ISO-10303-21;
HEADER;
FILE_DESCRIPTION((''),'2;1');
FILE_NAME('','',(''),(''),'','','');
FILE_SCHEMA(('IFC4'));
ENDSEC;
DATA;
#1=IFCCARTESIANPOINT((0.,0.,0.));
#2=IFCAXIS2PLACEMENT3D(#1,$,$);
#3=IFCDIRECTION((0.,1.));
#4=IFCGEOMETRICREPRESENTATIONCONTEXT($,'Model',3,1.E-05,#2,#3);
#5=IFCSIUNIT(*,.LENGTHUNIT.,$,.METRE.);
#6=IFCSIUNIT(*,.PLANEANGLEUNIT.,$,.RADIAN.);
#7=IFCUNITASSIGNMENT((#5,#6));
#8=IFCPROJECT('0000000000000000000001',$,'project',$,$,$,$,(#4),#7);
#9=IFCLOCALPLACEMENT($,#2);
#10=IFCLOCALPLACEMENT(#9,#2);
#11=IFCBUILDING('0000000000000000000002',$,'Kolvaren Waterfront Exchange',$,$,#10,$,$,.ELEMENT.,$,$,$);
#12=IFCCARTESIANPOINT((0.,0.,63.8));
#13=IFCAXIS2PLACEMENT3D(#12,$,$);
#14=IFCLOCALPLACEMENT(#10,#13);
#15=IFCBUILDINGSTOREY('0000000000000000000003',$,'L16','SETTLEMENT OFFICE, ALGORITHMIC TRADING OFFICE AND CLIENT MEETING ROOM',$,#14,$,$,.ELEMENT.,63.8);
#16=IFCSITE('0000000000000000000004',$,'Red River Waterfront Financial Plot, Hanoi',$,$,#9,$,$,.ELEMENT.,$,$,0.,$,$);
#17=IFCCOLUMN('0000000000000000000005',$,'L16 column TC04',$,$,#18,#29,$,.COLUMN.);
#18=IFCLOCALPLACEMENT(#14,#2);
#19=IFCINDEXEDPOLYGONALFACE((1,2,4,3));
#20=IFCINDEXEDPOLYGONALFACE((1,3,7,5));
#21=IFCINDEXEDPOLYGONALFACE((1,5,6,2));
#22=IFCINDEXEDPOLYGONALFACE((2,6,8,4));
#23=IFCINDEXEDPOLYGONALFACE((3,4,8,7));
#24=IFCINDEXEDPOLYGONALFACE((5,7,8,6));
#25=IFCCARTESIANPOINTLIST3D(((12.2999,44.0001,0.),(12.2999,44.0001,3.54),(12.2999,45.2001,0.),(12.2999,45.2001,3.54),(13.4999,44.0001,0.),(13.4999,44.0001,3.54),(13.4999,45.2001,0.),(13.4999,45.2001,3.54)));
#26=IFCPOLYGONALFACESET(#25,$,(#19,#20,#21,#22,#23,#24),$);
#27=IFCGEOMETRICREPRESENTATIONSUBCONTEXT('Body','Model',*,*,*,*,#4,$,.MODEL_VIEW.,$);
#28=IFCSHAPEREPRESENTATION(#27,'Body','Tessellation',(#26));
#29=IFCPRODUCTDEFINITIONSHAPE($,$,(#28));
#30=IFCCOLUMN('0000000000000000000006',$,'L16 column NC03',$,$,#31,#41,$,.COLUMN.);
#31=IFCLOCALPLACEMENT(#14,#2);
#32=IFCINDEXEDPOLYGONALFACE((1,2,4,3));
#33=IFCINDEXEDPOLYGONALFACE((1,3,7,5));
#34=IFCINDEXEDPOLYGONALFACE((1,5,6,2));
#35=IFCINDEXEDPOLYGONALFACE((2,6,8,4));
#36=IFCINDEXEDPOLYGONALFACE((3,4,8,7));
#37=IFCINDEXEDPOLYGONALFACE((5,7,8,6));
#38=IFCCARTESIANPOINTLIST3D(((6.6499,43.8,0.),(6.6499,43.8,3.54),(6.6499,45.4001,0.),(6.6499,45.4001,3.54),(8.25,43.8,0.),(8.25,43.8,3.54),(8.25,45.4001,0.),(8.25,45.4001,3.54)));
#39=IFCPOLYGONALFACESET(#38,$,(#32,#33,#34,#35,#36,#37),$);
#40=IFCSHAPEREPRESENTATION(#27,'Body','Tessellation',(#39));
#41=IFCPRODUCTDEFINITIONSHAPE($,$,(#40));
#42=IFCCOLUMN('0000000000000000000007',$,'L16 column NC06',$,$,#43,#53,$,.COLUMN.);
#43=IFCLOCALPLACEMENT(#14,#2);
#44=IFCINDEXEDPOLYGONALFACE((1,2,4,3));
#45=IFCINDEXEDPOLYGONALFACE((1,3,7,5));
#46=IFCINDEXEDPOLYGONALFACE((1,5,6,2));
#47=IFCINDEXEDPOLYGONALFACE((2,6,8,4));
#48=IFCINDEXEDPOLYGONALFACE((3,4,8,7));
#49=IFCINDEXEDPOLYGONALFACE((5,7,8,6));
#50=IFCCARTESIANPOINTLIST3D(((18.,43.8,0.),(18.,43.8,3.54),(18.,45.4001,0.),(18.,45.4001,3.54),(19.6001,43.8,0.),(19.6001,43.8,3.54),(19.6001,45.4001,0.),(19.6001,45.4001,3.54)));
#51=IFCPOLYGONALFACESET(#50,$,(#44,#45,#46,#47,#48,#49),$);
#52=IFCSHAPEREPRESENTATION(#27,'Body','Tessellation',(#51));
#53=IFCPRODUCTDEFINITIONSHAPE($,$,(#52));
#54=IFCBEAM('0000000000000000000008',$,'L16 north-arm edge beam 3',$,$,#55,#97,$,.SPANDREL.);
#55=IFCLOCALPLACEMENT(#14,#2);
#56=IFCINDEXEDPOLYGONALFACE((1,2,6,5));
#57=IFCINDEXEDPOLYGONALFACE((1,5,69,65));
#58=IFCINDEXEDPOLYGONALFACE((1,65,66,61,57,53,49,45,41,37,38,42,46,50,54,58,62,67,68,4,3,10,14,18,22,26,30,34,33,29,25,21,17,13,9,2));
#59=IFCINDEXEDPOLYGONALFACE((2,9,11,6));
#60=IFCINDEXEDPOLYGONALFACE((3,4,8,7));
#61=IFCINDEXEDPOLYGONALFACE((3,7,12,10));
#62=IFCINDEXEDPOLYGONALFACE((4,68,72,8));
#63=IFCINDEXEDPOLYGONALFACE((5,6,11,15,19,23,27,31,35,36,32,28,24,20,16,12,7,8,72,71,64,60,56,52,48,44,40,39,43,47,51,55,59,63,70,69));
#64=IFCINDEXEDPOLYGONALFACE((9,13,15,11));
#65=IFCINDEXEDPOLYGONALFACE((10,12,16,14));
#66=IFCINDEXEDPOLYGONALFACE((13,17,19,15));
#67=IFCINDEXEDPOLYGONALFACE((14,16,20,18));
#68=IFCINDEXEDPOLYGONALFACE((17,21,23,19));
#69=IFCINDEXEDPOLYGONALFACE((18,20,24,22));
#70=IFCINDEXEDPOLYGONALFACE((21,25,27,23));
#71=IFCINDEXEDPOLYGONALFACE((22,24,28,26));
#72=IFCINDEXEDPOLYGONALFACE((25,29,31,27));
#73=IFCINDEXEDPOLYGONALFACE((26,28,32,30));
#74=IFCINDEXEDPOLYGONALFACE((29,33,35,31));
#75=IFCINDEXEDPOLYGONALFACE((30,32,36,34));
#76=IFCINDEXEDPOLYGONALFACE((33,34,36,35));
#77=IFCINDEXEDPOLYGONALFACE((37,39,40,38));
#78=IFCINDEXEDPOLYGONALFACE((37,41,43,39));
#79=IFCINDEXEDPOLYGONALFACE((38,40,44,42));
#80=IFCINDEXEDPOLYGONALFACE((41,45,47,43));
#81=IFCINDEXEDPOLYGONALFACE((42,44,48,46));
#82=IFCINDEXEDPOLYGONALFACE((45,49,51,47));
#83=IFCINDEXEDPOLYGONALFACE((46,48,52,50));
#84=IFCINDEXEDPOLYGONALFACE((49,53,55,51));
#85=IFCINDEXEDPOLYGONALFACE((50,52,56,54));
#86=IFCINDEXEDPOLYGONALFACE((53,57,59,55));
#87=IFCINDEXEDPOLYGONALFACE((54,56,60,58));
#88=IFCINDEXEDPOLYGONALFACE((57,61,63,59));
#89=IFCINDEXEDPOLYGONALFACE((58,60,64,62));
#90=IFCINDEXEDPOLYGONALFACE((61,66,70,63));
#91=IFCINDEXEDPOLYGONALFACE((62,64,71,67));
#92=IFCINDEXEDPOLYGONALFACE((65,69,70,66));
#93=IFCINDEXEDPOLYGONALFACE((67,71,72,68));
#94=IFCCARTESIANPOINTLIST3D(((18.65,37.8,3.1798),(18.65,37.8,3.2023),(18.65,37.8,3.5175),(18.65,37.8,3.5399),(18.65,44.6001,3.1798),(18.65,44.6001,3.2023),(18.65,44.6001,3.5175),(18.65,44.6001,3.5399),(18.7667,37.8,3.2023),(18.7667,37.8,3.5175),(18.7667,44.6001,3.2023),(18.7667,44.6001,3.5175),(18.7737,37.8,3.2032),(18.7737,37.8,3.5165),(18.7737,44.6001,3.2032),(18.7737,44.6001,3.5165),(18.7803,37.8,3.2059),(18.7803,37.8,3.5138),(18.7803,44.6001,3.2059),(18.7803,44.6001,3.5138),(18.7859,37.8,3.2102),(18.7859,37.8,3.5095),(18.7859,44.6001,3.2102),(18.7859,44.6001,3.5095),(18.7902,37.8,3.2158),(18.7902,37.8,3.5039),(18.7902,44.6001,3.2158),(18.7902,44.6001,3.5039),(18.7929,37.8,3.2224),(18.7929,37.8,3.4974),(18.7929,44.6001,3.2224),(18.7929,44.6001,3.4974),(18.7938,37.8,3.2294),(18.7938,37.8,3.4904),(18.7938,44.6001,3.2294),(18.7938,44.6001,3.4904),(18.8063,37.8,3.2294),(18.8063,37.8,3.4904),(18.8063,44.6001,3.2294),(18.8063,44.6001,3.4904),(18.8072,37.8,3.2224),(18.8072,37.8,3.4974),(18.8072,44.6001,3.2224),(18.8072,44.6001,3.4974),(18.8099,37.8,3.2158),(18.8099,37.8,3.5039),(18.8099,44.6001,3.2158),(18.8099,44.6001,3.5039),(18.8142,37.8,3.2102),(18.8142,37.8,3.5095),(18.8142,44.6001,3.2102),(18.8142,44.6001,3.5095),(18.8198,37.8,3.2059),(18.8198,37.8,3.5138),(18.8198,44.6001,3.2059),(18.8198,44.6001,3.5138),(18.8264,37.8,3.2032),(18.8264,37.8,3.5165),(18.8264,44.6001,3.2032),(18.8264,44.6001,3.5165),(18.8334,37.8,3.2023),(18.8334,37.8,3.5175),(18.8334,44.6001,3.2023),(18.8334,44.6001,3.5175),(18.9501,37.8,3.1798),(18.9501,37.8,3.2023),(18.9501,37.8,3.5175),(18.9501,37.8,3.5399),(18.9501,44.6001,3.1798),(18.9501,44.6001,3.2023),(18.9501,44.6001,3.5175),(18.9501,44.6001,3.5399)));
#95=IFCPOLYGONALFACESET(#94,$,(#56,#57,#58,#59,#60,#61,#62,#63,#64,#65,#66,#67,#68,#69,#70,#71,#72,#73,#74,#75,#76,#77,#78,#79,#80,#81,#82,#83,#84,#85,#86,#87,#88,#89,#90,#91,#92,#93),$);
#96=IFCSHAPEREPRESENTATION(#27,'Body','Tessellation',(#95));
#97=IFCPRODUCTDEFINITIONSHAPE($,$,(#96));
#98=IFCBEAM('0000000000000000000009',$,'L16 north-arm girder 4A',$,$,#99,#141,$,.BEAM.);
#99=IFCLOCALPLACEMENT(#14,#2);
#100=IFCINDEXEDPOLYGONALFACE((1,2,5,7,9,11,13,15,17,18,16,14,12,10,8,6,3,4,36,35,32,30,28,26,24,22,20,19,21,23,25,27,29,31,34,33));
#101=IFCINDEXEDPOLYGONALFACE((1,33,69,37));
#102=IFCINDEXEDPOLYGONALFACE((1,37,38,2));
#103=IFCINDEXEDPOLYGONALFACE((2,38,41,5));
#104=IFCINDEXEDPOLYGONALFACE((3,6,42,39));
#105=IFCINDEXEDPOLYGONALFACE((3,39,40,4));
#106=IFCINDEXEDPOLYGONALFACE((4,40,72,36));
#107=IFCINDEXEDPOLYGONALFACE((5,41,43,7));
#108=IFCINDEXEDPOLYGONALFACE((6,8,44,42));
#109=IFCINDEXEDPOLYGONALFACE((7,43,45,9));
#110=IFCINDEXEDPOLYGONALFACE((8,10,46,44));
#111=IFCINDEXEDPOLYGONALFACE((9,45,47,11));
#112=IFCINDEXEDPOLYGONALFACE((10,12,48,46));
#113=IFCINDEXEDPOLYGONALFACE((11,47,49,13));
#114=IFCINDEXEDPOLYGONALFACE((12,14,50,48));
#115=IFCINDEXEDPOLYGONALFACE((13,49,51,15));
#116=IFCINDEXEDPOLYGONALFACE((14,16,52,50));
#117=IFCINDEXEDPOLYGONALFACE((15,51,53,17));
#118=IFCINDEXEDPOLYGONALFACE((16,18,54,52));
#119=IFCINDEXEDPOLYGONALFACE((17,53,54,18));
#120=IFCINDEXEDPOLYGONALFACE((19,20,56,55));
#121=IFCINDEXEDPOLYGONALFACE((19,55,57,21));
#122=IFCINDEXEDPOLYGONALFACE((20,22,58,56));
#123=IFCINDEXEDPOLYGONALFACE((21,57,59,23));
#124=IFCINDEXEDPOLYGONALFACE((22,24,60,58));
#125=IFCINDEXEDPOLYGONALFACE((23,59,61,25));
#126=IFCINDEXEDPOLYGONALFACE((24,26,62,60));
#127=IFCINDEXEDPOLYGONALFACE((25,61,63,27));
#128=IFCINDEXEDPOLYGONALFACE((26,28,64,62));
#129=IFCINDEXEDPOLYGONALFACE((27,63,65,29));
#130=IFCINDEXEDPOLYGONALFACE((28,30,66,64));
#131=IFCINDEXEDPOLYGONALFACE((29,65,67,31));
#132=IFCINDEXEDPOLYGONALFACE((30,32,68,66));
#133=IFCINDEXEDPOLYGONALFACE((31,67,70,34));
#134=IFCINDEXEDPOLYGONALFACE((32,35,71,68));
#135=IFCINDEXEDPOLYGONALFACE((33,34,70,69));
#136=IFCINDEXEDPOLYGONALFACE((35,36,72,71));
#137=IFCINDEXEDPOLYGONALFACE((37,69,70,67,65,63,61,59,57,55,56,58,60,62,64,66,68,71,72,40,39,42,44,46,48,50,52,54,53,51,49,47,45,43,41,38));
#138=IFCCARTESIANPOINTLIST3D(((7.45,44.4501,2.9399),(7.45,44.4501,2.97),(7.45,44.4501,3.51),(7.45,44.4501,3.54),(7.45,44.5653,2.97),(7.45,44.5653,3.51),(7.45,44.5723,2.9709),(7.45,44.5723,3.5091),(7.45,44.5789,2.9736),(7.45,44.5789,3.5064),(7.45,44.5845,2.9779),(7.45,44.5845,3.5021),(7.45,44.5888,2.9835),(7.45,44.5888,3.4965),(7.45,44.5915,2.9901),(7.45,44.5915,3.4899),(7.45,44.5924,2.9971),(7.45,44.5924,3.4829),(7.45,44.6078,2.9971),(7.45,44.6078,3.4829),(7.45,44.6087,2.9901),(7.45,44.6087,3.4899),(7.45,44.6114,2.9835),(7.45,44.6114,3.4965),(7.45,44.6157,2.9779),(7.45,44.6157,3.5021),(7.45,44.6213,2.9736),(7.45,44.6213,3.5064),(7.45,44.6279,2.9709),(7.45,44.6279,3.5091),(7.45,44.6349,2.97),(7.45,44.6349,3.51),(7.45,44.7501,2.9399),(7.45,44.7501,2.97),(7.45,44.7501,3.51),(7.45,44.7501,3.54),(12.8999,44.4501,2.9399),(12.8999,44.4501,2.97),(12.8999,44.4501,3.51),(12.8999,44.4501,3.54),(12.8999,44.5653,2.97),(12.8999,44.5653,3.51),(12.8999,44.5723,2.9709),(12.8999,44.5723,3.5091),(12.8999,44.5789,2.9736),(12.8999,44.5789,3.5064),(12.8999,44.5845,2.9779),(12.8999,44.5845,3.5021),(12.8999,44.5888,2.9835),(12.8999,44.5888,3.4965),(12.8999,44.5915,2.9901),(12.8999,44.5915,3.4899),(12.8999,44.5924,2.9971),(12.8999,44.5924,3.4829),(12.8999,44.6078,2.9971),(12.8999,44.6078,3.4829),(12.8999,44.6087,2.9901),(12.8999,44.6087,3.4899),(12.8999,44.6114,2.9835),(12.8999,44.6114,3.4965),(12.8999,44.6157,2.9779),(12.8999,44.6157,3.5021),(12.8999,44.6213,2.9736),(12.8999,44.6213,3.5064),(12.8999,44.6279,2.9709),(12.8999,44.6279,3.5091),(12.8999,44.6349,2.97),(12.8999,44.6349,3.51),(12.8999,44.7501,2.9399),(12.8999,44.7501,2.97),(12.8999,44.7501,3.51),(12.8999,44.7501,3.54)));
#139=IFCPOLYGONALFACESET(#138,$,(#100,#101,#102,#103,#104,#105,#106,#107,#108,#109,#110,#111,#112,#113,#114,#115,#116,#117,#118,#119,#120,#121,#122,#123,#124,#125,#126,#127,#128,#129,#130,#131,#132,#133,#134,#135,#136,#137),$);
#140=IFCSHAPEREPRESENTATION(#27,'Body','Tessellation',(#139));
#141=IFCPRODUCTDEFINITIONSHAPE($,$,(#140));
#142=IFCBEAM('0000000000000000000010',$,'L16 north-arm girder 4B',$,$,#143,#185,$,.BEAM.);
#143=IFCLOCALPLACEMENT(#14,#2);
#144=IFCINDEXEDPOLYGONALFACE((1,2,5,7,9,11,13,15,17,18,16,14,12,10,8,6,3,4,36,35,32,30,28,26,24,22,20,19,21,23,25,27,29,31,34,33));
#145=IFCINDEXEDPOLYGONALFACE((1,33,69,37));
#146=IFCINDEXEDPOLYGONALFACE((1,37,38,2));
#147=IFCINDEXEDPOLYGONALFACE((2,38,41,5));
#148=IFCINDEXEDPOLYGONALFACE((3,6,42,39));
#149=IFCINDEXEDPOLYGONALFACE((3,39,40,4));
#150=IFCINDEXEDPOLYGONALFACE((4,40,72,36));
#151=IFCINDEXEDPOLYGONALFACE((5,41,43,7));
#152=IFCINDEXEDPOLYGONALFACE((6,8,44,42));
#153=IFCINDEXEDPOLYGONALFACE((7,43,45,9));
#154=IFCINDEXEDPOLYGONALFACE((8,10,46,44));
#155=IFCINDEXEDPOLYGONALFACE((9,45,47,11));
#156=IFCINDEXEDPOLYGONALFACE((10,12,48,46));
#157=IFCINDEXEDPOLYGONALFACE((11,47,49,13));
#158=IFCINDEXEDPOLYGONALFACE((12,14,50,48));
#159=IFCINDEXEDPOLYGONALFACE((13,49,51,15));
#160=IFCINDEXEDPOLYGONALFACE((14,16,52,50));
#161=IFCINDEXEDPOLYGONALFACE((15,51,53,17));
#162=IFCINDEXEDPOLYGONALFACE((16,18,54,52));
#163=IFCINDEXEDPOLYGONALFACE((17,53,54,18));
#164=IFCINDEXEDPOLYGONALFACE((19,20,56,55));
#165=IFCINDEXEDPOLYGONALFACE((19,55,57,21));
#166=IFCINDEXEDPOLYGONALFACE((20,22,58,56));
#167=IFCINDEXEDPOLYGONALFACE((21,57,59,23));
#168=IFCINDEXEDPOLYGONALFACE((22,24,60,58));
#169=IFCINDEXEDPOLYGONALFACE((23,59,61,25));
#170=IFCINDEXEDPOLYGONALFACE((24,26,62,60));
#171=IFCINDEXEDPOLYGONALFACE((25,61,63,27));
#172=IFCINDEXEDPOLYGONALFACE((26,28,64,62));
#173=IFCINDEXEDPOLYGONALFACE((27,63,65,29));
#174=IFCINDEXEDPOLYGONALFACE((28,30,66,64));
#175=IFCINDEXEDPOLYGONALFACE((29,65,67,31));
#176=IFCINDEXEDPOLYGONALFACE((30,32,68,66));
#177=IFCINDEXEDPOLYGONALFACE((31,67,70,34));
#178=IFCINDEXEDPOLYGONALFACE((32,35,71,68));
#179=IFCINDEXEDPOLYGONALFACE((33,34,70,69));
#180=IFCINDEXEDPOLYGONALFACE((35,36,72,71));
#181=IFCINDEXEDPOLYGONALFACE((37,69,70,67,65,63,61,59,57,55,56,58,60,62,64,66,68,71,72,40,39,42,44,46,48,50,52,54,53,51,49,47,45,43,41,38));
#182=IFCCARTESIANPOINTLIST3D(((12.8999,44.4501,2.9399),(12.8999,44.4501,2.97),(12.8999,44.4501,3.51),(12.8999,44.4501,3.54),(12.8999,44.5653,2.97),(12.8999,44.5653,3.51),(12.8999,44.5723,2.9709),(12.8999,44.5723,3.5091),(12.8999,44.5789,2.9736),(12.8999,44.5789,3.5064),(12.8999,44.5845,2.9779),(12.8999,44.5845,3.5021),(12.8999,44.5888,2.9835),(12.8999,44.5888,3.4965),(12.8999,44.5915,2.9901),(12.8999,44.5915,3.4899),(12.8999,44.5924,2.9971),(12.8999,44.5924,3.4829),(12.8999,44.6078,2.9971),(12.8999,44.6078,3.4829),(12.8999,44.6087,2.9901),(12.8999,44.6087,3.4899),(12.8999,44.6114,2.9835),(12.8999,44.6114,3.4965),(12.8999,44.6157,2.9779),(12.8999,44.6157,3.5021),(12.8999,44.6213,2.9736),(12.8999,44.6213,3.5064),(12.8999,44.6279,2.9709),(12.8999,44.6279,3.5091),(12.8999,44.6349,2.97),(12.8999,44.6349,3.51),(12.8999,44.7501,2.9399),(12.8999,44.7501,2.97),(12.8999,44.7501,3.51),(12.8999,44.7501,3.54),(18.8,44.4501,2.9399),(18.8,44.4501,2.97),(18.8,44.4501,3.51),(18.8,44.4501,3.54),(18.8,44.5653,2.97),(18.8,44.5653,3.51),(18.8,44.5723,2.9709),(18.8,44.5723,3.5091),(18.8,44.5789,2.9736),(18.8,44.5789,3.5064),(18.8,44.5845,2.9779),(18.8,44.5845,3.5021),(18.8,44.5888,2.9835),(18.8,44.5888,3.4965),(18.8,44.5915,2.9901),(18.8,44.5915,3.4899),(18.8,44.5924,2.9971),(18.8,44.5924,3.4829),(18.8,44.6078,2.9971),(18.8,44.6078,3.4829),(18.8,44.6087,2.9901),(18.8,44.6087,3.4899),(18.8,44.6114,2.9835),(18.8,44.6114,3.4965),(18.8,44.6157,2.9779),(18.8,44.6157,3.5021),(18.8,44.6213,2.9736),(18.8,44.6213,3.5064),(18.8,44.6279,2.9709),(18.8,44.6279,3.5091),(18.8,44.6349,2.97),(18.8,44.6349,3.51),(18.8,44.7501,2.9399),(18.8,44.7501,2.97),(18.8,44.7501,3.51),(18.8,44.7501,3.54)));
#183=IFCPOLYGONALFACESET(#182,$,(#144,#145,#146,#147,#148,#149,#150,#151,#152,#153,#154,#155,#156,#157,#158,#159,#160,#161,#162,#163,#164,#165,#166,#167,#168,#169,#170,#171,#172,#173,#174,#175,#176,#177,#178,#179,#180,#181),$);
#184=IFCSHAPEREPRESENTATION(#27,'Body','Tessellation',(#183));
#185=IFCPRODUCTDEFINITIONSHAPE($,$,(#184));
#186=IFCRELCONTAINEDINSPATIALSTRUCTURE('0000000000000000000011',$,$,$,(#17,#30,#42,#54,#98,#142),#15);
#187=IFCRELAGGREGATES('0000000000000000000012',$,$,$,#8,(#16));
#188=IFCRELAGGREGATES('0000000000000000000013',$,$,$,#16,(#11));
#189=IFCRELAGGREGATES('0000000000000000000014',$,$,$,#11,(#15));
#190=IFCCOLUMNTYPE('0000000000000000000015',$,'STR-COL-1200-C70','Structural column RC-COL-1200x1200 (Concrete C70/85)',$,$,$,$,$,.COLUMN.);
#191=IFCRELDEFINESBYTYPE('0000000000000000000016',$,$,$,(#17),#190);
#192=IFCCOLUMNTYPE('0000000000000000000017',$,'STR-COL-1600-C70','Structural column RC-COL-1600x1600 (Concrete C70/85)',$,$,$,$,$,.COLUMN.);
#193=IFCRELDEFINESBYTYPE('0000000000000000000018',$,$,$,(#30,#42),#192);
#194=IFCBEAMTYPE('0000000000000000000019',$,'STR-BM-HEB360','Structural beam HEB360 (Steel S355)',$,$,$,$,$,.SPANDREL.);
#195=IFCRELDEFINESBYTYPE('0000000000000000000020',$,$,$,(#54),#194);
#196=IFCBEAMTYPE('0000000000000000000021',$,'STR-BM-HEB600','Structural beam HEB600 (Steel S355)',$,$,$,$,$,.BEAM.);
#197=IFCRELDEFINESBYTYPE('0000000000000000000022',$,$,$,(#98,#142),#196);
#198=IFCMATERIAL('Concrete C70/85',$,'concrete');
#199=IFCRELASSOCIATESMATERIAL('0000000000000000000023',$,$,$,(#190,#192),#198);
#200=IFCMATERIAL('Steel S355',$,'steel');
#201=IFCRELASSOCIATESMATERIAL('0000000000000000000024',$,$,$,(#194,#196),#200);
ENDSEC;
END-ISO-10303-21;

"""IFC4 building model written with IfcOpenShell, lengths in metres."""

from ifc_helpers import new_model, si_unit, direction, frame, origin, origin_2d, place, context, subcontext, project, spatial, rectangle, i_section, extrude, material, material_profile, profile_set, type_object, element, save


model = new_model("IFC4")

# Units and contexts
model_context = context("Model", 3, precision=1e-05, world=origin(), true_north=direction((0.0, 1.0)))
body_context = subcontext(model_context, "Body", "Model", "MODEL_VIEW")
ifc_project = project(units=[si_unit("LENGTHUNIT", "METRE"), si_unit("PLANEANGLEUNIT", "RADIAN")], contexts=[model_context])

# Site, building, storey
site_placement = place(None, origin())
site = spatial("IfcSite", under=ifc_project, at=site_placement, Name="Red River Waterfront Financial Plot, Hanoi", CompositionType="ELEMENT", RefElevation=0.0)
building_placement = place(site_placement, origin())
building = spatial("IfcBuilding", under=site, at=building_placement, Name="Kolvaren Waterfront Exchange", CompositionType="ELEMENT")
storey_placement = place(building_placement, frame((0.0, 0.0, 63.8)))
storey = spatial("IfcBuildingStorey", under=building, at=storey_placement, Name="L16", Description="SETTLEMENT OFFICE, ALGORITHMIC TRADING OFFICE AND CLIENT MEETING ROOM", CompositionType="ELEMENT", Elevation=63.8)

# Columns
ifc_material_1 = material(Name="Concrete C70/85", Category="concrete")
ifc_material_profile_1 = material_profile(ifc_material_1, rectangle(XDim=1.2, YDim=1.2, at=origin_2d()), Name="RC-COL-1200x1200")
ifc_profile_set_1 = profile_set([ifc_material_profile_1], Name="Concrete C70/85")
column_type_1 = type_object("IfcColumnType", Name="STR-COL-1200-C70", Description="Structural column RC-COL-1200x1200 (Concrete C70/85)", PredefinedType="COLUMN", material=ifc_profile_set_1)
column_placement = place(storey_placement, frame((12.8999, 44.6001, 0.0), z_axis=(0.0, 0.0, 1.0), x_axis=(1.0, 0.0, 0.0)))
element("IfcColumn", 1, at=column_placement, inside=storey, type_object=column_type_1, Name="L16 column TC04", PredefinedType="COLUMN", context=body_context, shape_type="SweptSolid", body=[
    extrude(rectangle(XDim=1.2, YDim=1.2, at=origin_2d()), origin(), (0.0, 0.0, 1.0), 3.54),
])
ifc_material_profile_2 = material_profile(ifc_material_1, rectangle(XDim=1.6001, YDim=1.6001, at=origin_2d()), Name="RC-COL-1600x1600")
ifc_profile_set_2 = profile_set([ifc_material_profile_2], Name="Concrete C70/85")
column_type_2 = type_object("IfcColumnType", Name="STR-COL-1600-C70", Description="Structural column RC-COL-1600x1600 (Concrete C70/85)", PredefinedType="COLUMN", material=ifc_profile_set_2)
for number, where, z_axis, x_axis, name in (
    (2, (7.45, 44.6001, 0.0), (0.0, 0.0, 1.0), (1.0, 0.0, 0.0), "L16 column NC03"),
    (3, (18.8, 44.6001, 0.0), (0.0, 0.0, 1.0), (1.0, 0.0, 0.0), "L16 column NC06"),
):
    element("IfcColumn", number, at=place(storey_placement, frame(where, z_axis=z_axis, x_axis=x_axis)), inside=storey, type_object=column_type_2, Name=name, PredefinedType="COLUMN", context=body_context, shape_type="SweptSolid", body=[
        extrude(rectangle(XDim=1.6001, YDim=1.6001, at=origin_2d()), origin(), (0.0, 0.0, 1.0), 3.54),
    ])

# Beams
ifc_material_2 = material(Name="Steel S355", Category="steel")
ifc_material_profile_3 = material_profile(ifc_material_2, i_section(OverallWidth=0.3, OverallDepth=0.3601, WebThickness=0.0125, FlangeThickness=0.0225, FilletRadius=0.0271, at=origin_2d()), Name="HEB360")
ifc_profile_set_3 = profile_set([ifc_material_profile_3], Name="Steel S355")
beam_type_1 = type_object("IfcBeamType", Name="STR-BM-HEB360", Description="Structural beam HEB360 (Steel S355)", PredefinedType="SPANDREL", material=ifc_profile_set_3)
beam_1_placement = place(storey_placement, frame((18.8, 37.8, 3.3599), z_axis=(0.0, 1.0, 0.0), x_axis=(-1.0, 0.0, 0.0)))
element("IfcBeam", 4, at=beam_1_placement, inside=storey, type_object=beam_type_1, Name="L16 north-arm edge beam 3", PredefinedType="SPANDREL", context=body_context, shape_type="SweptSolid", body=[
    extrude(i_section(OverallWidth=0.3, OverallDepth=0.3601, WebThickness=0.0125, FlangeThickness=0.0225, FilletRadius=0.0271, at=origin_2d()), origin(), (0.0, 0.0, 1.0), 6.8),
])
ifc_material_profile_4 = material_profile(ifc_material_2, i_section(OverallWidth=0.3, OverallDepth=0.6001, WebThickness=0.0154, FlangeThickness=0.03, FilletRadius=0.0271, at=origin_2d()), Name="HEB600")
ifc_profile_set_4 = profile_set([ifc_material_profile_4], Name="Steel S355")
beam_type_2 = type_object("IfcBeamType", Name="STR-BM-HEB600", Description="Structural beam HEB600 (Steel S355)", PredefinedType="BEAM", material=ifc_profile_set_4)
beam_2_placement = place(storey_placement, frame((7.45, 44.6001, 3.24), z_axis=(1.0, 0.0, 0.0), x_axis=(0.0, 1.0, 0.0)))
element("IfcBeam", 5, at=beam_2_placement, inside=storey, type_object=beam_type_2, Name="L16 north-arm girder 4A", PredefinedType="BEAM", context=body_context, shape_type="SweptSolid", body=[
    extrude(i_section(OverallWidth=0.3, OverallDepth=0.6001, WebThickness=0.0154, FlangeThickness=0.03, FilletRadius=0.0271, at=origin_2d()), origin(), (0.0, 0.0, 1.0), 5.45),
])
beam_3_placement = place(storey_placement, frame((12.8999, 44.6001, 3.24), z_axis=(1.0, 0.0, 0.0), x_axis=(0.0, 1.0, 0.0)))
element("IfcBeam", 6, at=beam_3_placement, inside=storey, type_object=beam_type_2, Name="L16 north-arm girder 4B", PredefinedType="BEAM", context=body_context, shape_type="SweptSolid", body=[
    extrude(i_section(OverallWidth=0.3, OverallDepth=0.6001, WebThickness=0.0154, FlangeThickness=0.03, FilletRadius=0.0271, at=origin_2d()), origin(), (0.0, 0.0, 1.0), 5.9001),
])

save(model, "model.ifc")
